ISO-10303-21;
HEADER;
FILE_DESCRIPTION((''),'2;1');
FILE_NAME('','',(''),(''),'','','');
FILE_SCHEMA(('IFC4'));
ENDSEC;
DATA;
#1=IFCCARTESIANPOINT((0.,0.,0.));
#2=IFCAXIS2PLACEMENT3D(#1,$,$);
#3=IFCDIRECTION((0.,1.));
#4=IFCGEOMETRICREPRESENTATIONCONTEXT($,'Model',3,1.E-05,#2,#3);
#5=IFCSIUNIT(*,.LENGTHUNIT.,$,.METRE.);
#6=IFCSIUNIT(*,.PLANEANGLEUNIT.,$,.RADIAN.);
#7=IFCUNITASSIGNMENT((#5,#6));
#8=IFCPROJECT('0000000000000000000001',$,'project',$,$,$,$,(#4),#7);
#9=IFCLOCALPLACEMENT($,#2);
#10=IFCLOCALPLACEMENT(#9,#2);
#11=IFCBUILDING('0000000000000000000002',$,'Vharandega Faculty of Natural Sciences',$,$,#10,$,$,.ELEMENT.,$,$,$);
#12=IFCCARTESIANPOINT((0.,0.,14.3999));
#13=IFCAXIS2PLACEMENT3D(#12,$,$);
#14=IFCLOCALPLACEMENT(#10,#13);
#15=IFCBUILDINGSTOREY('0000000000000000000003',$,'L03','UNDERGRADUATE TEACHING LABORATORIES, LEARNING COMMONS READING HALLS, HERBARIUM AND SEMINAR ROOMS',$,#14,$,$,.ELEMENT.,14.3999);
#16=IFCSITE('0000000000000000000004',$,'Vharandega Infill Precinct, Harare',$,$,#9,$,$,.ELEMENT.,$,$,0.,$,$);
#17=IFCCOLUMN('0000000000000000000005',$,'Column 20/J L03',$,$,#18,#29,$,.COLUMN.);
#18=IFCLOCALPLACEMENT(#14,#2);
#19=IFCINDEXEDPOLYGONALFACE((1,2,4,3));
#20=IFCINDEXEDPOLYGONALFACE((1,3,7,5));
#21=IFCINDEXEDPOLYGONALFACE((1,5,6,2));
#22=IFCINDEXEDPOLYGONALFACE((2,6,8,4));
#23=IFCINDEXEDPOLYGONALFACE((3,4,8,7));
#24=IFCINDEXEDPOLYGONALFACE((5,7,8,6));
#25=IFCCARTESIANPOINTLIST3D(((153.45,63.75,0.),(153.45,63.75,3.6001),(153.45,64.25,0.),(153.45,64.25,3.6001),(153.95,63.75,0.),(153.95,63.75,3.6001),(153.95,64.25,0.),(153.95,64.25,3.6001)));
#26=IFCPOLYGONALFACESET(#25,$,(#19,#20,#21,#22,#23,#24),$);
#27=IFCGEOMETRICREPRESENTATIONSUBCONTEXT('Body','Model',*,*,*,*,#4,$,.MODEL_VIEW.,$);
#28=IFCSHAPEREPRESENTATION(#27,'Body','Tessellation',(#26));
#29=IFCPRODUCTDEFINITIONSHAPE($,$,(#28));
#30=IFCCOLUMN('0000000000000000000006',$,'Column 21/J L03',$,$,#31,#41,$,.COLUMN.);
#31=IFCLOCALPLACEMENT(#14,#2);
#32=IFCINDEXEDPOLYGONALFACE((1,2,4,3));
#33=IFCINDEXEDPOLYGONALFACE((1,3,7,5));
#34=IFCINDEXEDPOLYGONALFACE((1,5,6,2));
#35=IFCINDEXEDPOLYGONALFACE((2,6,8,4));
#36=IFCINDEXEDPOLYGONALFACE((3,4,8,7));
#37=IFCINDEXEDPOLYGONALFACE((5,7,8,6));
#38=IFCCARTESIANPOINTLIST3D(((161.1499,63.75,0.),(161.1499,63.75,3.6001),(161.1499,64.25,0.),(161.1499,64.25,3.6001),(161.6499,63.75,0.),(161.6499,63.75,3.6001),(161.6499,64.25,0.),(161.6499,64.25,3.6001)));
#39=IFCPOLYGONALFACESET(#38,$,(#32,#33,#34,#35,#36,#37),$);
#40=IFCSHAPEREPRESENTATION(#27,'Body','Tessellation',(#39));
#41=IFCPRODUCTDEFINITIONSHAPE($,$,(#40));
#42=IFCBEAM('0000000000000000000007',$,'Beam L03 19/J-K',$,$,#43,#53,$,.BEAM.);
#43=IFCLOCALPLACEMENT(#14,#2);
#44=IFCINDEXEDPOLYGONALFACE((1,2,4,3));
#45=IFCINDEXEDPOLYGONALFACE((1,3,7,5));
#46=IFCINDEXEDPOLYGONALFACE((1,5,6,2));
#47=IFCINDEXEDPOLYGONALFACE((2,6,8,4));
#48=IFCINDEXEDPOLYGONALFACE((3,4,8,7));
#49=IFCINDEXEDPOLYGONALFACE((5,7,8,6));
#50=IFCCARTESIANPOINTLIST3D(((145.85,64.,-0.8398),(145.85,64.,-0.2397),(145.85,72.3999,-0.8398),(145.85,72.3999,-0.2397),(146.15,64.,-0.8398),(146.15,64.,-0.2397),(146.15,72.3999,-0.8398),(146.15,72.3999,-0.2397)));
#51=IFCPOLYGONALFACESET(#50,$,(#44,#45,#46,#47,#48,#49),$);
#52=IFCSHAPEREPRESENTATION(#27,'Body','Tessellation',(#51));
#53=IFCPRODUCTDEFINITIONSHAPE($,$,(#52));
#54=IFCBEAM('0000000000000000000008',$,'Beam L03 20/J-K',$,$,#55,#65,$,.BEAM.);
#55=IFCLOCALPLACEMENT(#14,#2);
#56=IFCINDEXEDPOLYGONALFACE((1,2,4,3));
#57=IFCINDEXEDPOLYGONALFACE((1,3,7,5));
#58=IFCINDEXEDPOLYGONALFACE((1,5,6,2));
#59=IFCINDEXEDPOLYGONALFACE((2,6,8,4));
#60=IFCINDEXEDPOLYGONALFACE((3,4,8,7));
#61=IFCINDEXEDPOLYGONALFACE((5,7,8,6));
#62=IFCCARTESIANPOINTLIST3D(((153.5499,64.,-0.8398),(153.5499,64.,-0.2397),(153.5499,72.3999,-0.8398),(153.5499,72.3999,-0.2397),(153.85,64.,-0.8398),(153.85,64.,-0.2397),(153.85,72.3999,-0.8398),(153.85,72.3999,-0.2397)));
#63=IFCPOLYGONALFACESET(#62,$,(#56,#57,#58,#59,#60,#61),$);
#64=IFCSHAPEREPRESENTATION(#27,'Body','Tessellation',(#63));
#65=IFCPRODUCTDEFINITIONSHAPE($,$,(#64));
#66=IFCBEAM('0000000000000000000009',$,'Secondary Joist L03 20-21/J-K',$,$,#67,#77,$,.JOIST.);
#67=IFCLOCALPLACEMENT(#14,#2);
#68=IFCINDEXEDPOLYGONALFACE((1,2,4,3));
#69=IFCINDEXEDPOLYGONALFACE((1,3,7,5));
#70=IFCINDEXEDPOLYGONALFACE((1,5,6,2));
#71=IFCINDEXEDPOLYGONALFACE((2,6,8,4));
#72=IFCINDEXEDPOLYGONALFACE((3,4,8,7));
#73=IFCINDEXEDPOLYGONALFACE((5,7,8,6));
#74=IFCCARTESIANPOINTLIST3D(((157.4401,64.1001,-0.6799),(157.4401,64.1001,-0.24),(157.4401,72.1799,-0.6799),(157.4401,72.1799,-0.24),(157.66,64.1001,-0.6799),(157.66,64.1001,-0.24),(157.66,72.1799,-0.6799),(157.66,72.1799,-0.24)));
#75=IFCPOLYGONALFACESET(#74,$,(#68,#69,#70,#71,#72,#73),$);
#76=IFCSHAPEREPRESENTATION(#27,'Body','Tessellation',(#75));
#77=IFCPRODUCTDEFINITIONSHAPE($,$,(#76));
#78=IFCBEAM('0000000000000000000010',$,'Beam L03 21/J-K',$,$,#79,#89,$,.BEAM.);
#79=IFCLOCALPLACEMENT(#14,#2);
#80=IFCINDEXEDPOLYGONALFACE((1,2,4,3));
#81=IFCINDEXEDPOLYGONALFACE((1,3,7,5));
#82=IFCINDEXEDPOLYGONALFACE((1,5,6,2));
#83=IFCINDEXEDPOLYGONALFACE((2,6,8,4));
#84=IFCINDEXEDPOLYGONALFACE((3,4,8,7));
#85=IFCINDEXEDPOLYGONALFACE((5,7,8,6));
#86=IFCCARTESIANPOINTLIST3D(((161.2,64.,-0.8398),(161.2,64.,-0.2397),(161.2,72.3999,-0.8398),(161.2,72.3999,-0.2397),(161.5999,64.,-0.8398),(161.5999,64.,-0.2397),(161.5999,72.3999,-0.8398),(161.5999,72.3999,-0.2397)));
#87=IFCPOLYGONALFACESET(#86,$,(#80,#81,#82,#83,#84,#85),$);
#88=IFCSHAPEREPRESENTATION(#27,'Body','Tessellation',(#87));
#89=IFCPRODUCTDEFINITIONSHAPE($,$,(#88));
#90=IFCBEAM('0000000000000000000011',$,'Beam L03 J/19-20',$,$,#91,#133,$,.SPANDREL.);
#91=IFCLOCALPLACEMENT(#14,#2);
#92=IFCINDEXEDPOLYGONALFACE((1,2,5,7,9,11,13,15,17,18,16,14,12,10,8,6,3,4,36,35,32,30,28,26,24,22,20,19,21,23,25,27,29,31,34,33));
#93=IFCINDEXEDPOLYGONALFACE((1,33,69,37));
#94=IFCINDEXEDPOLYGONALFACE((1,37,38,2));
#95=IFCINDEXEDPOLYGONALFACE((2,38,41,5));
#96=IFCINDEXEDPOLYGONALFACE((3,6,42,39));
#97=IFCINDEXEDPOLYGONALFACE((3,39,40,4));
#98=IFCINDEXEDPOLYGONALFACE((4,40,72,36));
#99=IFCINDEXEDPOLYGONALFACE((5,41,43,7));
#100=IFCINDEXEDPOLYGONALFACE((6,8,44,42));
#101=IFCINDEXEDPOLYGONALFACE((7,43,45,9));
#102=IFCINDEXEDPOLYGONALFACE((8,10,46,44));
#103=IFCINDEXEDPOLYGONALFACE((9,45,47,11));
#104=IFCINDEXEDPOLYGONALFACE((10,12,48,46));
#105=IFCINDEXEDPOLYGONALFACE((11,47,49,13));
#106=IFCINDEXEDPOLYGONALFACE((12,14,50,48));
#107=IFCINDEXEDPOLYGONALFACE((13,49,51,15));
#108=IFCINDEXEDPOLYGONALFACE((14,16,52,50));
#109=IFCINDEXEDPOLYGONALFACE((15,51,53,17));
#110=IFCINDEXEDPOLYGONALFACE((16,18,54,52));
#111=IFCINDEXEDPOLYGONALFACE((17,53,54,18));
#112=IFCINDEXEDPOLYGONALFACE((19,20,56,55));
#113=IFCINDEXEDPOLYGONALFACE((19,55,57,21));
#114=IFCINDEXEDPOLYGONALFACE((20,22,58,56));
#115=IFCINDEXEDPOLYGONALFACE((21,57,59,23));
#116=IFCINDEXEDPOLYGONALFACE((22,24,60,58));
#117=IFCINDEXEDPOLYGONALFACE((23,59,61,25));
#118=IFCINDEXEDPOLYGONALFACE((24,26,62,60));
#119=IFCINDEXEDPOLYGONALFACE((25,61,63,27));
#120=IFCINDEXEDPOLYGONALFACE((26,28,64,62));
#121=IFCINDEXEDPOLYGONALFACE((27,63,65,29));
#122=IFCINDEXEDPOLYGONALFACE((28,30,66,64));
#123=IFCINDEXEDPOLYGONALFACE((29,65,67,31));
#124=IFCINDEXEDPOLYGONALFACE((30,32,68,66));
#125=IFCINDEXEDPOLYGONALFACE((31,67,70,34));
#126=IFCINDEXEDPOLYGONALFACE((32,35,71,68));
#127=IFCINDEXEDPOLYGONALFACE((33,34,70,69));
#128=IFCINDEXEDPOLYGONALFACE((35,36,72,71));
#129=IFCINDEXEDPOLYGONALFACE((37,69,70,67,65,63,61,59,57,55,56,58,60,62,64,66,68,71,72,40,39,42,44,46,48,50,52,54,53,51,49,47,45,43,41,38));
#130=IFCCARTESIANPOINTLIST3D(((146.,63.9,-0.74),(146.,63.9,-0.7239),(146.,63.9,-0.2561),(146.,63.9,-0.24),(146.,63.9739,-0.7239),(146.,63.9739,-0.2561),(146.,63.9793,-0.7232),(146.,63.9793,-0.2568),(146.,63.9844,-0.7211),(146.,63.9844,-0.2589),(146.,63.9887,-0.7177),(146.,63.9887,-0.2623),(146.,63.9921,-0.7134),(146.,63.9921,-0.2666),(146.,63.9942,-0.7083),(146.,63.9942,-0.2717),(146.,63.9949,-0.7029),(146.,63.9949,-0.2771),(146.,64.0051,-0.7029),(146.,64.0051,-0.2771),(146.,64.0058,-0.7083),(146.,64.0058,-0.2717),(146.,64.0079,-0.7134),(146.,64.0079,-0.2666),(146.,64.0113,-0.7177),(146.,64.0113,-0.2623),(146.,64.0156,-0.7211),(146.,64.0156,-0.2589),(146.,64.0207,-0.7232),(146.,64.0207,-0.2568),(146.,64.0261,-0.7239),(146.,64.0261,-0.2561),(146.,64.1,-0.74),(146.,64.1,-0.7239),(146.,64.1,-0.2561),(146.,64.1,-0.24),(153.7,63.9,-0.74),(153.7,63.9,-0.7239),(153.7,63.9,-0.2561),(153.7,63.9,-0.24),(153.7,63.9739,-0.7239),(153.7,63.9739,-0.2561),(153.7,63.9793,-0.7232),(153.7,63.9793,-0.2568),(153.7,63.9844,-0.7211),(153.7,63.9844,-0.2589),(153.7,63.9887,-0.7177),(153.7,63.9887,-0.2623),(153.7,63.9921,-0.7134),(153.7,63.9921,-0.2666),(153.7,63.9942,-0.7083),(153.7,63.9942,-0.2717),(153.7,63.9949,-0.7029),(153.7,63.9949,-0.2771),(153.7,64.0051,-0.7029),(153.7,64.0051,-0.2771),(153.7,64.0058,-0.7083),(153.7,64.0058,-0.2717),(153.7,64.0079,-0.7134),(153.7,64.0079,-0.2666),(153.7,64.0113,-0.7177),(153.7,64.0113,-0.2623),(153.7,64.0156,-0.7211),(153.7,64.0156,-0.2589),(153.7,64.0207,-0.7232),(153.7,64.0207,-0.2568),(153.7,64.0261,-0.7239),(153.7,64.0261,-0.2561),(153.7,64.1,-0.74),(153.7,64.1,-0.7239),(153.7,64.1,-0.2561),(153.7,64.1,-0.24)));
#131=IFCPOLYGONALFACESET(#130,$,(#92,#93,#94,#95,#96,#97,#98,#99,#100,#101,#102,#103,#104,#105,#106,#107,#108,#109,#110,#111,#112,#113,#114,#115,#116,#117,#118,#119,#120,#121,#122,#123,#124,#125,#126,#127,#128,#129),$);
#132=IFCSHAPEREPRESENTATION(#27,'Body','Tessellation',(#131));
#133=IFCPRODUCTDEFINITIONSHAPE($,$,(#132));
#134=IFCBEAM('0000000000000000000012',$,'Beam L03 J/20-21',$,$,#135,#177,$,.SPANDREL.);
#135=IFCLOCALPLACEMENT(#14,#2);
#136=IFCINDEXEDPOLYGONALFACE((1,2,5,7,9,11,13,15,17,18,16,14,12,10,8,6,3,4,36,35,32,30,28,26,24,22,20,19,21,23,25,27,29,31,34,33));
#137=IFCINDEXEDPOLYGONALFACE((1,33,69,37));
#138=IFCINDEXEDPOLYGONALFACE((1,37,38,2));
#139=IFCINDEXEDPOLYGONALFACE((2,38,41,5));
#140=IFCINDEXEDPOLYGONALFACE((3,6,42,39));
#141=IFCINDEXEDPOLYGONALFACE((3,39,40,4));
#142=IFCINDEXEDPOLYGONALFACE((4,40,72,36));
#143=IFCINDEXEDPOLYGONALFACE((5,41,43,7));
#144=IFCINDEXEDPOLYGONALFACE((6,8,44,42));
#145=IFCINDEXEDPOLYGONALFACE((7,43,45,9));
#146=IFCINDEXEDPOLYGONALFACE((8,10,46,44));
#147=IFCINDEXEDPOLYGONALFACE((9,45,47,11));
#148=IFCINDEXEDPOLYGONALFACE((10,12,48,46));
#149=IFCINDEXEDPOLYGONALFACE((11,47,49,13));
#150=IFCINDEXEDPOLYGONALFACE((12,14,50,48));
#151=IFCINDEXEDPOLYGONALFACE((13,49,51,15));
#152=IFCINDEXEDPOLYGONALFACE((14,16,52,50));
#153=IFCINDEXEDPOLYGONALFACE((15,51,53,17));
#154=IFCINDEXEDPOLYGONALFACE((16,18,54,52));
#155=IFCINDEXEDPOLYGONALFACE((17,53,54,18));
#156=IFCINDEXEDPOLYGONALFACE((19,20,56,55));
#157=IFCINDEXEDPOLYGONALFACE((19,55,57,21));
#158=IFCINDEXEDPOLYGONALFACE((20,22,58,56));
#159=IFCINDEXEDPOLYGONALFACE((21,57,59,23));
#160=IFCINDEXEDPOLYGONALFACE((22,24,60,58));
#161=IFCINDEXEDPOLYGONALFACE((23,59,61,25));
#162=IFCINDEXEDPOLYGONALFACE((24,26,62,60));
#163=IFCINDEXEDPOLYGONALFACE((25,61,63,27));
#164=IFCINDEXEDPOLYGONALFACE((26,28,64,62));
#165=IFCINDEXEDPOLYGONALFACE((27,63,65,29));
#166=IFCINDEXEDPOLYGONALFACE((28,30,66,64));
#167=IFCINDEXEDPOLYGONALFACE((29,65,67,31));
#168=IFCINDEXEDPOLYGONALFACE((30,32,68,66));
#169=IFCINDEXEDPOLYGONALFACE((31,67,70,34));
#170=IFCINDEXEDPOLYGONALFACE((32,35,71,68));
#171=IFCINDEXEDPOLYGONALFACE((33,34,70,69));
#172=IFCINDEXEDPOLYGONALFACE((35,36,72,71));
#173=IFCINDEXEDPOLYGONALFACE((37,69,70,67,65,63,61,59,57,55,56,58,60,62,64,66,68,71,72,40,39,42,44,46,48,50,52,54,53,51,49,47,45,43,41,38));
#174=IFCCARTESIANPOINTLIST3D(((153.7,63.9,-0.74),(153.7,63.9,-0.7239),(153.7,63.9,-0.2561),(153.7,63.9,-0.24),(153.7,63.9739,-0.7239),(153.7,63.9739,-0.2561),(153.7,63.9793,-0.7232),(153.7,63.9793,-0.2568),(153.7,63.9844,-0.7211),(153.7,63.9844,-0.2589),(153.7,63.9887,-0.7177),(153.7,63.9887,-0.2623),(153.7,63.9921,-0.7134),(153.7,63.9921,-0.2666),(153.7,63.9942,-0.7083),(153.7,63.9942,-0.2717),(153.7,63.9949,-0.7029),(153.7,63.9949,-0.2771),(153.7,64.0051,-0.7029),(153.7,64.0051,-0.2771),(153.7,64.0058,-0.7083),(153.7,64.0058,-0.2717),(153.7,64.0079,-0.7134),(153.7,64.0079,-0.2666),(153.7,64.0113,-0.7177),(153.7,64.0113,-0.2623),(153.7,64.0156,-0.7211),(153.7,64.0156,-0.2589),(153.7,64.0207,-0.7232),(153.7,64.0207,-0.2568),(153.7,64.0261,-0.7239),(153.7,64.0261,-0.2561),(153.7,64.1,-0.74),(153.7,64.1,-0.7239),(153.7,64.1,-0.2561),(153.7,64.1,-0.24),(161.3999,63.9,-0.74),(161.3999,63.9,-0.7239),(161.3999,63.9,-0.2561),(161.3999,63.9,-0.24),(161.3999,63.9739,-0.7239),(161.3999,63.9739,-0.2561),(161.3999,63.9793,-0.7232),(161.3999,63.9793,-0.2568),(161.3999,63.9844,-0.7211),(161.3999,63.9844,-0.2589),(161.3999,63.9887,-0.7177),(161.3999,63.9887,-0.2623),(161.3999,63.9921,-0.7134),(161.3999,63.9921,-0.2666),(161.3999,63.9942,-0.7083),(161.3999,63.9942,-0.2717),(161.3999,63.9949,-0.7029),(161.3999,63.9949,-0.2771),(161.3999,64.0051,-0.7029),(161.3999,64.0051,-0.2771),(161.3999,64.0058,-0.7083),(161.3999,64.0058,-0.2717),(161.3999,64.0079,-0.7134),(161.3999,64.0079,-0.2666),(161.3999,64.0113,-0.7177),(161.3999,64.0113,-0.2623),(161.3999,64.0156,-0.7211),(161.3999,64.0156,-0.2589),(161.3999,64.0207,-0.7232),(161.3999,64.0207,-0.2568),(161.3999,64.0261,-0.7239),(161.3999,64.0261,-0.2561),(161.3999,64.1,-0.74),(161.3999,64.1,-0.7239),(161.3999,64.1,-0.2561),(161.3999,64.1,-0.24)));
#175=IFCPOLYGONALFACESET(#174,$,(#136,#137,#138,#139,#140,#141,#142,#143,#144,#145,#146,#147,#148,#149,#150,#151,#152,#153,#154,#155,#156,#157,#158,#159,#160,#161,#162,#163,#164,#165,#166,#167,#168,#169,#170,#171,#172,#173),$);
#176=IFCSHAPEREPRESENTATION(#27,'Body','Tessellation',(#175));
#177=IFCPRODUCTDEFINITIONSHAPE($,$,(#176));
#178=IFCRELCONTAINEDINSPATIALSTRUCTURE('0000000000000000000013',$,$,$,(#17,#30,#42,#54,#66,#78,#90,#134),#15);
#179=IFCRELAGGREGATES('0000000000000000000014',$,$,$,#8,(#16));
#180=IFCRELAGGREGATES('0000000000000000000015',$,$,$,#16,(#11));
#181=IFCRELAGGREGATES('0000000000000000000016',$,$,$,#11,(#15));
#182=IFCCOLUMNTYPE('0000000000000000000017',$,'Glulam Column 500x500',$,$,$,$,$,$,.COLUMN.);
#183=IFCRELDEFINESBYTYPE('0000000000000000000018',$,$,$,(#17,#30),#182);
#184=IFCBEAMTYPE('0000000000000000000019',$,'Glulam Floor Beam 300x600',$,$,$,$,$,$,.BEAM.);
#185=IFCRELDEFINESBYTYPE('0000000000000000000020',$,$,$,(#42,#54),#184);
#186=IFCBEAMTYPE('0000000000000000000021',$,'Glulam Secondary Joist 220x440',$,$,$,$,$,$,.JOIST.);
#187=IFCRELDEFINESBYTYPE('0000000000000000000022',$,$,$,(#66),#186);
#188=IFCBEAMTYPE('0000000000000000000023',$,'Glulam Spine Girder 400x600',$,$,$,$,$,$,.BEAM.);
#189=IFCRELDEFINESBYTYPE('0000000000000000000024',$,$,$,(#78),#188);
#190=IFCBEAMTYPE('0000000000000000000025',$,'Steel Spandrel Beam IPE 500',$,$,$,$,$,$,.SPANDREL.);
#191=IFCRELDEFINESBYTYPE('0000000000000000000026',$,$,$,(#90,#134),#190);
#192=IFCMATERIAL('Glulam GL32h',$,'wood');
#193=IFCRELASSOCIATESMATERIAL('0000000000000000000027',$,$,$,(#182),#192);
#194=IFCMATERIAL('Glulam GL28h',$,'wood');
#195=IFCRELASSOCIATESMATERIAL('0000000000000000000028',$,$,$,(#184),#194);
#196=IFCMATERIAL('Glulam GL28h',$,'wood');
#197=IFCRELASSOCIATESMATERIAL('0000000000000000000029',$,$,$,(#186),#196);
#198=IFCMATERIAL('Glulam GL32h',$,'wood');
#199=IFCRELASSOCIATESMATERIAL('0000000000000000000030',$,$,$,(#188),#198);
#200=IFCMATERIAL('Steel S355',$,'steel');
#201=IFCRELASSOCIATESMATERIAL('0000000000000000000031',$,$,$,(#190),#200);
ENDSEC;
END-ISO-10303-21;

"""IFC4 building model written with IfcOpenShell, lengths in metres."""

from ifc_helpers import new_model, si_unit, direction, frame, origin, origin_2d, place, context, subcontext, project, spatial, rectangle, i_section, extrude, material, material_profile, profile_set, type_object, element, save


model = new_model("IFC4")

# Units and contexts
model_context = context("Model", 3, precision=1e-05, world=origin(), true_north=direction((0.0, 1.0)))
body_context = subcontext(model_context, "Body", "Model", "MODEL_VIEW")
ifc_project = project(units=[si_unit("LENGTHUNIT", "METRE"), si_unit("PLANEANGLEUNIT", "RADIAN")], contexts=[model_context])

# Site, building, storey
site_placement = place(None, origin())
site = spatial("IfcSite", under=ifc_project, at=site_placement, Name="Vharandega Infill Precinct, Harare", CompositionType="ELEMENT", RefElevation=0.0)
building_placement = place(site_placement, origin())
building = spatial("IfcBuilding", under=site, at=building_placement, Name="Vharandega Faculty of Natural Sciences", CompositionType="ELEMENT")
storey_placement = place(building_placement, frame((0.0, 0.0, 14.3999)))
storey = spatial("IfcBuildingStorey", under=building, at=storey_placement, Name="L03", Description="UNDERGRADUATE TEACHING LABORATORIES, LEARNING COMMONS READING HALLS, HERBARIUM AND SEMINAR ROOMS", CompositionType="ELEMENT", Elevation=14.3999)

# Columns
ifc_material_1 = material(Name="Glulam GL32h", Category="wood")
ifc_material_profile_1 = material_profile(ifc_material_1, rectangle(XDim=0.5, YDim=0.5, at=origin_2d()), Name="GL32h 500x500")
ifc_profile_set_1 = profile_set([ifc_material_profile_1], Name="Glulam GL32h")
column_type = type_object("IfcColumnType", Name="Glulam Column 500x500", PredefinedType="COLUMN", material=ifc_profile_set_1)
for number, where, z_axis, x_axis, name in (
    (1, (153.7, 64.0, 0.0), (0.0, 0.0, 1.0), (1.0, 0.0, 0.0), "Column 20/J L03"),
    (2, (161.3999, 64.0, 0.0), (0.0, 0.0, 1.0), (1.0, 0.0, 0.0), "Column 21/J L03"),
):
    element("IfcColumn", number, at=place(storey_placement, frame(where, z_axis=z_axis, x_axis=x_axis)), inside=storey, type_object=column_type, Name=name, PredefinedType="COLUMN", context=body_context, shape_type="SweptSolid", body=[
        extrude(rectangle(XDim=0.5, YDim=0.5, at=origin_2d()), origin(), (0.0, 0.0, 1.0), 3.6001),
    ])

# Beams
ifc_material_2 = material(Name="Glulam GL28h", Category="wood")
ifc_material_profile_2 = material_profile(ifc_material_2, rectangle(XDim=0.3, YDim=0.6001, at=origin_2d()), Name="GL28h 300x600")
ifc_profile_set_2 = profile_set([ifc_material_profile_2], Name="Glulam GL28h")
beam_type_1 = type_object("IfcBeamType", Name="Glulam Floor Beam 300x600", PredefinedType="BEAM", material=ifc_profile_set_2)
for number, where, z_axis, x_axis, name in (
    (3, (146.0, 64.0, -0.5398), (0.0, 1.0, 0.0), (-1.0, 0.0, 0.0), "Beam L03 19/J-K"),
    (4, (153.7, 64.0, -0.5398), (0.0, 1.0, 0.0), (-1.0, 0.0, 0.0), "Beam L03 20/J-K"),
):
    element("IfcBeam", number, at=place(storey_placement, frame(where, z_axis=z_axis, x_axis=x_axis)), inside=storey, type_object=beam_type_1, Name=name, PredefinedType="BEAM", context=body_context, shape_type="SweptSolid", body=[
        extrude(rectangle(XDim=0.3, YDim=0.6001, at=origin_2d()), origin(), (0.0, 0.0, 1.0), 8.3999),
    ])
ifc_material_3 = material(Name="Glulam GL28h", Category="wood")
ifc_material_profile_3 = material_profile(ifc_material_3, rectangle(XDim=0.22, YDim=0.4399, at=origin_2d()), Name="GL28h 220x440")
ifc_profile_set_3 = profile_set([ifc_material_profile_3], Name="Glulam GL28h")
beam_type_2 = type_object("IfcBeamType", Name="Glulam Secondary Joist 220x440", PredefinedType="JOIST", material=ifc_profile_set_3)
beam_1_placement = place(storey_placement, frame((157.55, 64.1001, -0.46), z_axis=(0.0, 1.0, 0.0), x_axis=(-1.0, 0.0, 0.0)))
element("IfcBeam", 5, at=beam_1_placement, inside=storey, type_object=beam_type_2, Name="Secondary Joist L03 20-21/J-K", PredefinedType="JOIST", context=body_context, shape_type="SweptSolid", body=[
    extrude(rectangle(XDim=0.22, YDim=0.4399, at=origin_2d()), origin(), (0.0, 0.0, 1.0), 8.0798),
])
ifc_material_4 = material(Name="Glulam GL32h", Category="wood")
ifc_material_profile_4 = material_profile(ifc_material_4, rectangle(XDim=0.3999, YDim=0.6001, at=origin_2d()), Name="GL32h 400x600")
ifc_profile_set_4 = profile_set([ifc_material_profile_4], Name="Glulam GL32h")
beam_type_3 = type_object("IfcBeamType", Name="Glulam Spine Girder 400x600", PredefinedType="BEAM", material=ifc_profile_set_4)
beam_2_placement = place(storey_placement, frame((161.3999, 64.0, -0.5398), z_axis=(0.0, 1.0, 0.0), x_axis=(-1.0, 0.0, 0.0)))
element("IfcBeam", 6, at=beam_2_placement, inside=storey, type_object=beam_type_3, Name="Beam L03 21/J-K", PredefinedType="BEAM", context=body_context, shape_type="SweptSolid", body=[
    extrude(rectangle(XDim=0.3999, YDim=0.6001, at=origin_2d()), origin(), (0.0, 0.0, 1.0), 8.3999),
])
ifc_material_5 = material(Name="Steel S355", Category="steel")
ifc_material_profile_5 = material_profile(ifc_material_5, i_section(OverallWidth=0.2, OverallDepth=0.5, WebThickness=0.0103, FlangeThickness=0.0161, FilletRadius=0.021, at=origin_2d()), Name="IPE 500")
ifc_profile_set_5 = profile_set([ifc_material_profile_5], Name="Steel S355")
beam_type_4 = type_object("IfcBeamType", Name="Steel Spandrel Beam IPE 500", PredefinedType="SPANDREL", material=ifc_profile_set_5)
for number, where, z_axis, x_axis, name in (
    (7, (146.0, 64.0, -0.49), (1.0, 0.0, 0.0), (0.0, 1.0, 0.0), "Beam L03 J/19-20"),
    (8, (153.7, 64.0, -0.49), (1.0, 0.0, 0.0), (0.0, 1.0, 0.0), "Beam L03 J/20-21"),
):
    element("IfcBeam", number, at=place(storey_placement, frame(where, z_axis=z_axis, x_axis=x_axis)), inside=storey, type_object=beam_type_4, Name=name, PredefinedType="SPANDREL", context=body_context, shape_type="SweptSolid", body=[
        extrude(i_section(OverallWidth=0.2, OverallDepth=0.5, WebThickness=0.0103, FlangeThickness=0.0161, FilletRadius=0.021, at=origin_2d()), origin(), (0.0, 0.0, 1.0), 7.7),
    ])

save(model, "model.ifc")
